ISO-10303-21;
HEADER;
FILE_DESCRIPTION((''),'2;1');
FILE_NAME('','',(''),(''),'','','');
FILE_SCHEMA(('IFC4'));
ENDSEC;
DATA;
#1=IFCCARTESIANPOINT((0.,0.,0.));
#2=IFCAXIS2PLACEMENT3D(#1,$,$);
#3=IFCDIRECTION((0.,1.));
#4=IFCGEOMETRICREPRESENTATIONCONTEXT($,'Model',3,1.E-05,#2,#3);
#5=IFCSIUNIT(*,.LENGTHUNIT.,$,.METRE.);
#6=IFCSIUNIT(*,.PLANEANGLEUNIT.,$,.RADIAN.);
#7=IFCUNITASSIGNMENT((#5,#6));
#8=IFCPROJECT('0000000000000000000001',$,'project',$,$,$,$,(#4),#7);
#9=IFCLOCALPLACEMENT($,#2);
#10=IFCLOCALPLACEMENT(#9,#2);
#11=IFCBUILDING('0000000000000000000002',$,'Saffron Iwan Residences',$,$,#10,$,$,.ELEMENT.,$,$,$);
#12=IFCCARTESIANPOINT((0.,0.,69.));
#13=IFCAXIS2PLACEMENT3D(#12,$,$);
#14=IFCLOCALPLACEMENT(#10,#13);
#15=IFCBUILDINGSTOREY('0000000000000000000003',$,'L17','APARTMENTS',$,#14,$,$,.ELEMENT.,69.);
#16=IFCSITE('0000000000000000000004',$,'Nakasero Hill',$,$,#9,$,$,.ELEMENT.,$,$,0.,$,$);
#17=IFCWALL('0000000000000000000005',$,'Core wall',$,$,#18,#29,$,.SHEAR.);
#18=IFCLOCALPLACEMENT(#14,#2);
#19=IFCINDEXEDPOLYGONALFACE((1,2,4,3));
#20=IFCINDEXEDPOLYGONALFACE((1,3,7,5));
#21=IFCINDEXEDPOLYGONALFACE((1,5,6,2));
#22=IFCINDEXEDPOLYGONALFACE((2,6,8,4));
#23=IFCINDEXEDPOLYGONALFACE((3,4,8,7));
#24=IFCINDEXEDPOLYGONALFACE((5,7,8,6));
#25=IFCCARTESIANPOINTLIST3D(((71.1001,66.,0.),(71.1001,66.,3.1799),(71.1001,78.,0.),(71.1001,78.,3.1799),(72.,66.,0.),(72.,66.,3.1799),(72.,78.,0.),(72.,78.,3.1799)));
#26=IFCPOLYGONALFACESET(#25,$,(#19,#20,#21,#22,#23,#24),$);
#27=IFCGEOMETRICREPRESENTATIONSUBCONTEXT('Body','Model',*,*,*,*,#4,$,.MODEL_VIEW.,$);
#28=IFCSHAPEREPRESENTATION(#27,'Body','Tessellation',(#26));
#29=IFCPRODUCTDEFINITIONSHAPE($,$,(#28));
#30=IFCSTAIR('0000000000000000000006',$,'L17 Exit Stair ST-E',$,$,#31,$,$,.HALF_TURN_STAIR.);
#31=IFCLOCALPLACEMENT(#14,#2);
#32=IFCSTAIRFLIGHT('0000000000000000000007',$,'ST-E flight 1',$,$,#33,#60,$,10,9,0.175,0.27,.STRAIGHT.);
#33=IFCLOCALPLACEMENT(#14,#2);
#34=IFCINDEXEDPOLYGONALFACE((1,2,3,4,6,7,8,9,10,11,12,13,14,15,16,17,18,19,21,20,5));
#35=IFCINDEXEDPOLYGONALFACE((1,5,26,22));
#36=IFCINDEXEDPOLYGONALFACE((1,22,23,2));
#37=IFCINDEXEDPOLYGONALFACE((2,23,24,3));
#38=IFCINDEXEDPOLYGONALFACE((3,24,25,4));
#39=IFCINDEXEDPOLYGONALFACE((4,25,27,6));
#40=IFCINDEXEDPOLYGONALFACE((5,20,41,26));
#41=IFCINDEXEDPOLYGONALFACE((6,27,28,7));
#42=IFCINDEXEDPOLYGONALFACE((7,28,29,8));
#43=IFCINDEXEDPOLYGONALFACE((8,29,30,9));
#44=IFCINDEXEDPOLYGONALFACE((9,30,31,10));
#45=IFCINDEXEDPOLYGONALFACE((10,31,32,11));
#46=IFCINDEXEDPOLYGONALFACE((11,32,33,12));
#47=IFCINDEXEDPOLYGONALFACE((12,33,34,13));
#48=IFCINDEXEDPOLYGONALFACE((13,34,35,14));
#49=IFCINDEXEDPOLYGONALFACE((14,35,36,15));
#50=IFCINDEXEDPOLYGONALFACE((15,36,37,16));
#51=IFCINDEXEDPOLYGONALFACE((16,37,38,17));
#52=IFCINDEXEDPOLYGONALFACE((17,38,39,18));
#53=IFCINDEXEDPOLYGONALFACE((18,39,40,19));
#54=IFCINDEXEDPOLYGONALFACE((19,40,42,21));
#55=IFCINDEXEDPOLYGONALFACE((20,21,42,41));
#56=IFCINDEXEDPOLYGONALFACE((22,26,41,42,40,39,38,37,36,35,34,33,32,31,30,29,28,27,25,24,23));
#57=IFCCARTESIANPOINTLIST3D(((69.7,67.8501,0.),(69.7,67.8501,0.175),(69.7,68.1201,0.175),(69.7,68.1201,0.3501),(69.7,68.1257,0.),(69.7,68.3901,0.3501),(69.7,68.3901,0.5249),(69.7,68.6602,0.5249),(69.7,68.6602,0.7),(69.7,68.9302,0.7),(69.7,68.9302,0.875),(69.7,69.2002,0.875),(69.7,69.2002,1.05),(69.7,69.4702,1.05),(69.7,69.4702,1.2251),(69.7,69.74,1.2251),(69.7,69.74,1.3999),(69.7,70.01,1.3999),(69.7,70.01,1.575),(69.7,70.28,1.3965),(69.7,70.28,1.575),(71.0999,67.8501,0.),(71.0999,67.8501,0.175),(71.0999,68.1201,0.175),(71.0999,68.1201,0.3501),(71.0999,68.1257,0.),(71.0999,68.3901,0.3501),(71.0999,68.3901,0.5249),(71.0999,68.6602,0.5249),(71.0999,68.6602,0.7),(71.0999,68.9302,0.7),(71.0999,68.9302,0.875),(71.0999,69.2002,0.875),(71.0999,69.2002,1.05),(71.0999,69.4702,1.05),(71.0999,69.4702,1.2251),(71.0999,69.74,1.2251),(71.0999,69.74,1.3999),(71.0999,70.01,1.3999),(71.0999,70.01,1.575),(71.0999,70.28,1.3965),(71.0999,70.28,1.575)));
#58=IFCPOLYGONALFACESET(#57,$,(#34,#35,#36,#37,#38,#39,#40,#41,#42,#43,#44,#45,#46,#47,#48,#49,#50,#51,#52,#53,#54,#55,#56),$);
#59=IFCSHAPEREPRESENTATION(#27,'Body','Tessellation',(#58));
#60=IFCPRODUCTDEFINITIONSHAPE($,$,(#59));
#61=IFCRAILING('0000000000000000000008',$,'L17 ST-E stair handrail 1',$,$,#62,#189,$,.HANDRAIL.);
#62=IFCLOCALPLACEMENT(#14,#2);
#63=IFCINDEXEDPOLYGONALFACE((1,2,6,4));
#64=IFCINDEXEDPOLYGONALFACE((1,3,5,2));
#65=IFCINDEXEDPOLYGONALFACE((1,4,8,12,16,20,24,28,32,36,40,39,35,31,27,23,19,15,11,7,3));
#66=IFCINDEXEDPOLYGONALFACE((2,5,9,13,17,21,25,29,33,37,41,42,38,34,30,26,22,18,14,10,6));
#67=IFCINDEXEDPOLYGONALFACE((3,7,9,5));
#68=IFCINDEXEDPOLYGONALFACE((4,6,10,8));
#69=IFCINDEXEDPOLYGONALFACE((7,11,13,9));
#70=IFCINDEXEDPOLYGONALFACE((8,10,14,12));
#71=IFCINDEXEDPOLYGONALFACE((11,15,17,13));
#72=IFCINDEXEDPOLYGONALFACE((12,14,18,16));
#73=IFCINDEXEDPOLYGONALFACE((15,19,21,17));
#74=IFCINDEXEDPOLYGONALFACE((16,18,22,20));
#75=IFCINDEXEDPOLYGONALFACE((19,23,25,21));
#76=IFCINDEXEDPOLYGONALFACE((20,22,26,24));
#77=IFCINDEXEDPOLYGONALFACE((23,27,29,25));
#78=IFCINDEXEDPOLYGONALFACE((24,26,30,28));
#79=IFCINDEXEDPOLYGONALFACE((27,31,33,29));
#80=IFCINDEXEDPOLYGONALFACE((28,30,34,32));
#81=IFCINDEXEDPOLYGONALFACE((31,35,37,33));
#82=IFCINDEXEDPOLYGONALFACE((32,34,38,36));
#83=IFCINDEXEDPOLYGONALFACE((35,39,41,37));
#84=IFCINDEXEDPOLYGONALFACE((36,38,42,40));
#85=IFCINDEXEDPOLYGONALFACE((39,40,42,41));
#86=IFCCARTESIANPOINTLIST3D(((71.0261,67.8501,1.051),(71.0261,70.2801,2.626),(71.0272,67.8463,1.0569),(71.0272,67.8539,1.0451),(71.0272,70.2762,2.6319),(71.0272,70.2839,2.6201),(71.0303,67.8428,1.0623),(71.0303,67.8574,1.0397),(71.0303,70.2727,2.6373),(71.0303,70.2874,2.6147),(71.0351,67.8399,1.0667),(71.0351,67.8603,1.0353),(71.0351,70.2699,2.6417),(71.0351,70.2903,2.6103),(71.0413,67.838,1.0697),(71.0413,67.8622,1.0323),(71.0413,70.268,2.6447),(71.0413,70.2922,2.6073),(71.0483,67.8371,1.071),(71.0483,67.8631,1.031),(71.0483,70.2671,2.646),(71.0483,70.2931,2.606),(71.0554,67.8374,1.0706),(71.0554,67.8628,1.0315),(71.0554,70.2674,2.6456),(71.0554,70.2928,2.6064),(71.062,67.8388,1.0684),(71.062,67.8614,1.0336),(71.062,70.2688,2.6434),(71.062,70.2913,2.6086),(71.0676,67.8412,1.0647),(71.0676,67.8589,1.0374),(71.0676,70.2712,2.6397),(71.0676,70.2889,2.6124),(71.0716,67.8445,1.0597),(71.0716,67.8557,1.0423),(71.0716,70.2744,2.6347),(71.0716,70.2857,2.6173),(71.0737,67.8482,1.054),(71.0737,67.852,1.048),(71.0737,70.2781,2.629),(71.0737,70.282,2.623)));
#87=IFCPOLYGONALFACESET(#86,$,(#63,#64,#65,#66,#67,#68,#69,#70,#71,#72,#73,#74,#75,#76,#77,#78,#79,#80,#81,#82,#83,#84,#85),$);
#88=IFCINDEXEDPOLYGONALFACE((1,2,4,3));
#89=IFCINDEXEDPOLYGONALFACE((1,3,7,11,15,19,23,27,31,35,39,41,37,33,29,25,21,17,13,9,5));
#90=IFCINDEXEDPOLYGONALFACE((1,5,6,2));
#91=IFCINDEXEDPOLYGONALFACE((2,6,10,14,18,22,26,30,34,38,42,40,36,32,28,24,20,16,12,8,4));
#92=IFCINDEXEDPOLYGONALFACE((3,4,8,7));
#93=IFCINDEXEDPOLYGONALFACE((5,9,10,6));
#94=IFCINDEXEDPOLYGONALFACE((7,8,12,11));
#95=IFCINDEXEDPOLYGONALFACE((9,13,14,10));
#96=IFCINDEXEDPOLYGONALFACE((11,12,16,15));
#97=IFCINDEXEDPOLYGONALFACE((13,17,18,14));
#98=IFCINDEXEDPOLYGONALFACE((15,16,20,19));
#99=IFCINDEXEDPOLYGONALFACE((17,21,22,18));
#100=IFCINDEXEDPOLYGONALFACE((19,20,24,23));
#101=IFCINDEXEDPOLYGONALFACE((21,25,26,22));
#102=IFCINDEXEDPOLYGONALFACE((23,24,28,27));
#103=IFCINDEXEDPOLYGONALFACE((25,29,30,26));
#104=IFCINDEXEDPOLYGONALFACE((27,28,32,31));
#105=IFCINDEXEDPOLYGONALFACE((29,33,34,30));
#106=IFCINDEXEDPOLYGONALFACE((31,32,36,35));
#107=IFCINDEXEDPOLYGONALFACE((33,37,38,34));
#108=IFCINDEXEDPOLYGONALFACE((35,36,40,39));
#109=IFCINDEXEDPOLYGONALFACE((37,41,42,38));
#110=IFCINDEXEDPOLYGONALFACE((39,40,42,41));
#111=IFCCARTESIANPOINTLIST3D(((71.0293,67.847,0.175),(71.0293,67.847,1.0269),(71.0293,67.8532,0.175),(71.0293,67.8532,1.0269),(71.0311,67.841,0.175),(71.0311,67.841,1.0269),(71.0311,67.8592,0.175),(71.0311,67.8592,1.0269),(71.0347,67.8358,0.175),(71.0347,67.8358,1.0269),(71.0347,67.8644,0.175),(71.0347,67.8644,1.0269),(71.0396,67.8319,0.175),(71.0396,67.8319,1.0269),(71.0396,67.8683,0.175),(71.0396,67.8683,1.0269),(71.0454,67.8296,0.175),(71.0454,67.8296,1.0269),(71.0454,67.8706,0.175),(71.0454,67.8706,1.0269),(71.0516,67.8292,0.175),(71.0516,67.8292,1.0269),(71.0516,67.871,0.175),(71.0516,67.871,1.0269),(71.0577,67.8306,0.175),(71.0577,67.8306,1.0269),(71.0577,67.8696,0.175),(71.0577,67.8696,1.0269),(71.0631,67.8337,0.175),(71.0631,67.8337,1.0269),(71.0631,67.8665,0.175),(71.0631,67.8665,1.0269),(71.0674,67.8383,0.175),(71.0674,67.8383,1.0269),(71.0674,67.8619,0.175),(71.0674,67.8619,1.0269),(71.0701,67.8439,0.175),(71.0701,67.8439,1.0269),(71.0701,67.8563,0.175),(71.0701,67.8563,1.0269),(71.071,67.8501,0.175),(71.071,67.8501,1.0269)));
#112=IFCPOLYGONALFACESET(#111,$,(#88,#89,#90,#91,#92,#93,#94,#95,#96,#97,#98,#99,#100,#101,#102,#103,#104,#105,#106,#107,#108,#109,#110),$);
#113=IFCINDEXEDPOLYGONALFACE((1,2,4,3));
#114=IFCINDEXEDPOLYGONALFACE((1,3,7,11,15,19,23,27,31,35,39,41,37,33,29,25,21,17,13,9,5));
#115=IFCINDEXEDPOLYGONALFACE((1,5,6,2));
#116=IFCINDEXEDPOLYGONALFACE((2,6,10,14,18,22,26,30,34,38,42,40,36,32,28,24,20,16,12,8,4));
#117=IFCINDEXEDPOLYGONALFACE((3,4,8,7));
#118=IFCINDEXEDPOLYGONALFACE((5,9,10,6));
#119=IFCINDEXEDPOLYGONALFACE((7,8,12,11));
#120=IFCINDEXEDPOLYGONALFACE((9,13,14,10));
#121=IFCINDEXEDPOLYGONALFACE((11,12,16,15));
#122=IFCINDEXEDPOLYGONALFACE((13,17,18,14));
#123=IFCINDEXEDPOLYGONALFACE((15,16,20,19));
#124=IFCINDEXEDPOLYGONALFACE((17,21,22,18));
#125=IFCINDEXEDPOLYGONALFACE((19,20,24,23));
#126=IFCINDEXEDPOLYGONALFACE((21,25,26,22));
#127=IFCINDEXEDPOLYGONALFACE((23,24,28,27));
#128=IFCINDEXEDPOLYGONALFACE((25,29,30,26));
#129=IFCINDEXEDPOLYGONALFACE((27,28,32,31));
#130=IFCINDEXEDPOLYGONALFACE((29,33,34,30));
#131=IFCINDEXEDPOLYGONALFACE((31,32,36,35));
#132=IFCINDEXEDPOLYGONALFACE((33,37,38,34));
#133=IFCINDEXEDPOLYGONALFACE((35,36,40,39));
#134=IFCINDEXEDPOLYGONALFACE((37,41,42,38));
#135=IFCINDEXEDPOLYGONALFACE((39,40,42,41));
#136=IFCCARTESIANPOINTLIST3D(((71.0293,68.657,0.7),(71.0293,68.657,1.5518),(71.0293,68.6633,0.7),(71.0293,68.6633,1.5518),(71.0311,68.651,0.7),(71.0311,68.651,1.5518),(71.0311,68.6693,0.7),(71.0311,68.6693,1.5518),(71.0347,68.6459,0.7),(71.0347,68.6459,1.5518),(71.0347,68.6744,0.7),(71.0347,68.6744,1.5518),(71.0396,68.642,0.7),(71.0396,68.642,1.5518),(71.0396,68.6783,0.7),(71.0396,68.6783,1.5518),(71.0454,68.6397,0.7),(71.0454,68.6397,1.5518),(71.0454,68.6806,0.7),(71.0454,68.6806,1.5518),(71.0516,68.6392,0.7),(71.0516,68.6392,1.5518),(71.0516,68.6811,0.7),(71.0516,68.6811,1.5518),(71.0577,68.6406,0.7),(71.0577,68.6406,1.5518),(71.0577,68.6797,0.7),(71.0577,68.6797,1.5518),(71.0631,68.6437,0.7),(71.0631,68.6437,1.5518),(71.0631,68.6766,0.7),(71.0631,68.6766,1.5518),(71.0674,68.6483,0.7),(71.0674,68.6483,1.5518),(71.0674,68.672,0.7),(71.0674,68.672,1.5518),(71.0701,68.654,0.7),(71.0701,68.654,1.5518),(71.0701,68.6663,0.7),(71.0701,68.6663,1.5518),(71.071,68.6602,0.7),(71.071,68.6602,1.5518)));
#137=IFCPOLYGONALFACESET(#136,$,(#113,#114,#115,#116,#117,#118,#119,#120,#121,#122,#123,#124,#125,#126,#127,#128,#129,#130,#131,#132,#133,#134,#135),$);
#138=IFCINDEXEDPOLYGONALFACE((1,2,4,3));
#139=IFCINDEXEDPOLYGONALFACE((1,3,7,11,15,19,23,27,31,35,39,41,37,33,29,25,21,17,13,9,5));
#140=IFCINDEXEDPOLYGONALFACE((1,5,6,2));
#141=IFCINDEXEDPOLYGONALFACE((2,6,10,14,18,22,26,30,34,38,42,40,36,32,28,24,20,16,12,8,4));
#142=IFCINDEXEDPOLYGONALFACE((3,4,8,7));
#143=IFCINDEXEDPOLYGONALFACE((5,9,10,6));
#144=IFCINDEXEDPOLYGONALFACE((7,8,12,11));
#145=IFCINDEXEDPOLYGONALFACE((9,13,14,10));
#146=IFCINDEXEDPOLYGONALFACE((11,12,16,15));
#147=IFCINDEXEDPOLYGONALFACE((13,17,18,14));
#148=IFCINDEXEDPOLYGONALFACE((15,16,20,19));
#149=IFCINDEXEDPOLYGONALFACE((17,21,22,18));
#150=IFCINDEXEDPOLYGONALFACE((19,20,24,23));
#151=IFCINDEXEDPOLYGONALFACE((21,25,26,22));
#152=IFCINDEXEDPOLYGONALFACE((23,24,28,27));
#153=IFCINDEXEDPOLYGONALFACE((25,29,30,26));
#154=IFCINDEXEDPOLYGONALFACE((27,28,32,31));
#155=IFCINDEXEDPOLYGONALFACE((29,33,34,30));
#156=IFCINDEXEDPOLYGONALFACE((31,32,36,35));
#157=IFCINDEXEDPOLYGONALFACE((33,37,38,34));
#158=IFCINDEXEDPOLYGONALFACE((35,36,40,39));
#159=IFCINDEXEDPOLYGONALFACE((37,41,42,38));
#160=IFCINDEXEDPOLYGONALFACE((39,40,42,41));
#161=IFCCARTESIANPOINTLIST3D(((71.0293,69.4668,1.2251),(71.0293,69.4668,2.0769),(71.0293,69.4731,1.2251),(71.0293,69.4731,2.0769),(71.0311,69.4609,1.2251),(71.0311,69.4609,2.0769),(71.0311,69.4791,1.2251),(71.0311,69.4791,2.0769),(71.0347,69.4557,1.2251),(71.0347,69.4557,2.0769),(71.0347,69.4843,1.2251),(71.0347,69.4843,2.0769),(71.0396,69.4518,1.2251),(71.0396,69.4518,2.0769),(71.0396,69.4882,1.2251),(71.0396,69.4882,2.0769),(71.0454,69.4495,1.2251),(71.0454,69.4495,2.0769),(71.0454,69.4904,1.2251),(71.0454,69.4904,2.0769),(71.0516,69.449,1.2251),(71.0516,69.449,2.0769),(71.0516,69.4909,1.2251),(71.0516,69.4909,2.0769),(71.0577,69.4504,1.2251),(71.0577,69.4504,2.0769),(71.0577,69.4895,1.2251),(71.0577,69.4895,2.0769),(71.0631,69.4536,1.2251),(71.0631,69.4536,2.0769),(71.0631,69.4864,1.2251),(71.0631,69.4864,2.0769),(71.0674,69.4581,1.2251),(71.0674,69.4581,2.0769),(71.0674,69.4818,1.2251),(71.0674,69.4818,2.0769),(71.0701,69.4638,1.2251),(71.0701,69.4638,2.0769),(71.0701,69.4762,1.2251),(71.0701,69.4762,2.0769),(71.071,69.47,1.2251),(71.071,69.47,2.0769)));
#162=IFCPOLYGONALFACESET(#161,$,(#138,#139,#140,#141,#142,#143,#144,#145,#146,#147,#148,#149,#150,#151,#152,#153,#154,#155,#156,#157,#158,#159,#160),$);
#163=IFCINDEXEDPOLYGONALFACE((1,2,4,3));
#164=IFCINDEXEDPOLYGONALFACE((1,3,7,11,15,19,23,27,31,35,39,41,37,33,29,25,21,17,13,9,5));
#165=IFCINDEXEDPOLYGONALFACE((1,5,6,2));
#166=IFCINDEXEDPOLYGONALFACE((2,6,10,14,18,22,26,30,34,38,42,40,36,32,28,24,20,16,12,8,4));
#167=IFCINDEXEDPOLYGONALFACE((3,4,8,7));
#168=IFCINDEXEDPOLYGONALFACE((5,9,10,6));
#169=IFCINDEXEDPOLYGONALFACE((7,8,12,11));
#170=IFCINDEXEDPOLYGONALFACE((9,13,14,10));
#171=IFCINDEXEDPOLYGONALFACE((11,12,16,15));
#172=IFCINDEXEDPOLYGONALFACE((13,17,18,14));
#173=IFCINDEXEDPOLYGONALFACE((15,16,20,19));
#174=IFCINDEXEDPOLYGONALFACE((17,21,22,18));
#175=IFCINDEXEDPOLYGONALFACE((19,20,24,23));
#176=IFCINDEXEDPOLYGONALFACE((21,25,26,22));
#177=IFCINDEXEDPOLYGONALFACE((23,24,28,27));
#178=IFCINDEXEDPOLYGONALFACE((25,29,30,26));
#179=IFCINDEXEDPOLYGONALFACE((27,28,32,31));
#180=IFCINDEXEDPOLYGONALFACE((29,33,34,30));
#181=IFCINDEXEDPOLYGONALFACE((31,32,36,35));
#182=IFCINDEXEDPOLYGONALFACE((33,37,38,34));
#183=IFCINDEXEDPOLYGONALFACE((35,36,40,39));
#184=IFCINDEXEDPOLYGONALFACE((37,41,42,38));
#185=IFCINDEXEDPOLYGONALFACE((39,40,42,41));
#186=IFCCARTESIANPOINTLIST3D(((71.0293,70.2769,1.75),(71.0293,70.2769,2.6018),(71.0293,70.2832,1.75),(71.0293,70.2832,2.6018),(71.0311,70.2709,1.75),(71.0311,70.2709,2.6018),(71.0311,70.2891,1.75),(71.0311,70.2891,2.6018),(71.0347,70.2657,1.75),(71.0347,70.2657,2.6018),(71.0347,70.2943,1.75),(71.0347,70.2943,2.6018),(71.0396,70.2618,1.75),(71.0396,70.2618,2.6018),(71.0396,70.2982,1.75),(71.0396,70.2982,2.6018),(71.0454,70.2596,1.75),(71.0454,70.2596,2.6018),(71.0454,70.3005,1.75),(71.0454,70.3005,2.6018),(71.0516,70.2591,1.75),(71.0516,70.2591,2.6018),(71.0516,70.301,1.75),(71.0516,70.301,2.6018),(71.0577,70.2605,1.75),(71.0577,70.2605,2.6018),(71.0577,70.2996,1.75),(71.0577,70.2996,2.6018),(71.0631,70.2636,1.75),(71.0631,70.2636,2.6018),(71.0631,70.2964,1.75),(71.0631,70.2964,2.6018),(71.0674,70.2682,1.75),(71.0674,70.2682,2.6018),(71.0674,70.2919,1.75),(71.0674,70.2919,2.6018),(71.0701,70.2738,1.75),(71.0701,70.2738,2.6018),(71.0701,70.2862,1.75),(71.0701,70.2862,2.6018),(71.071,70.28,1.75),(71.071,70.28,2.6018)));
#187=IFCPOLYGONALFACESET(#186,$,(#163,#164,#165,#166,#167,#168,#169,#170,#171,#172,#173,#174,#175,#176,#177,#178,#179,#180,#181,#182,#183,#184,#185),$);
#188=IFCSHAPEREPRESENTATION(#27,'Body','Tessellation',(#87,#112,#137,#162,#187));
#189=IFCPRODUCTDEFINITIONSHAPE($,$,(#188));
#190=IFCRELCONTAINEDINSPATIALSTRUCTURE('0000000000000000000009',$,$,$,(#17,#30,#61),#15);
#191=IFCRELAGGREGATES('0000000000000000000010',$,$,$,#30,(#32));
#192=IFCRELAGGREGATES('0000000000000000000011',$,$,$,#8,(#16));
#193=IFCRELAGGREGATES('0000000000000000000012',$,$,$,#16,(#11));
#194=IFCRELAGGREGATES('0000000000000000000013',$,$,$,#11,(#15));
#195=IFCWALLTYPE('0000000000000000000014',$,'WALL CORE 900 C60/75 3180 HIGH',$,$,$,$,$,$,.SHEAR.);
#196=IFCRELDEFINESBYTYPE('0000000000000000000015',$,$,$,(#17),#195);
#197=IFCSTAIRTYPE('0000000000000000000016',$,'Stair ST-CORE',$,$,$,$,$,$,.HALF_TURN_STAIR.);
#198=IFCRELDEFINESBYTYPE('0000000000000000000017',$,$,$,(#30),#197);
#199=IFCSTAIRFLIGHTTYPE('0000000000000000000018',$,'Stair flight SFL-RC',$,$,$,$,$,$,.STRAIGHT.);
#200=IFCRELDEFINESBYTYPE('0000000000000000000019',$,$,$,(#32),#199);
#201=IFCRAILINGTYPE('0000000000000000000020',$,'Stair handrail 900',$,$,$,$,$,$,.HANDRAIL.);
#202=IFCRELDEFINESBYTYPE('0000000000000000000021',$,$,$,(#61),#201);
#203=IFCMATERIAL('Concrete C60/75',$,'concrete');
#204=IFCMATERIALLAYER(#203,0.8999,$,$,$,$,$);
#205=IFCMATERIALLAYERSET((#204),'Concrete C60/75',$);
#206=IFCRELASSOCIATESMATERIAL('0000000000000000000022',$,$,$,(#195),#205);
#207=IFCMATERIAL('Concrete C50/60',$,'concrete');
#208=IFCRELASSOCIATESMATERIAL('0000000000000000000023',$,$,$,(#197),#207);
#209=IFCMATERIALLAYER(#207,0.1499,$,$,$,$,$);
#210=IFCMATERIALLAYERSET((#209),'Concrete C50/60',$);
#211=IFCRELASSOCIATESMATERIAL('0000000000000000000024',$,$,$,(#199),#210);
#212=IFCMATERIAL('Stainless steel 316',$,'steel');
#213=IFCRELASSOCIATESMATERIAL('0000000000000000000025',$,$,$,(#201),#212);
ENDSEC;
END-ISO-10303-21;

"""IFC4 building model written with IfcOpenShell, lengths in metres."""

from ifc_helpers import new_model, si_unit, direction, frame, frame_2d, origin, origin_2d, place, context, subcontext, project, spatial, polyline, rectangle, circle, outline, extrude, material, layer, layer_set, type_object, element, aggregate, save


model = new_model("IFC4")

# Units and contexts
model_context = context("Model", 3, precision=1e-05, world=origin(), true_north=direction((0.0, 1.0)))
body_context = subcontext(model_context, "Body", "Model", "MODEL_VIEW")
ifc_project = project(units=[si_unit("LENGTHUNIT", "METRE"), si_unit("PLANEANGLEUNIT", "RADIAN")], contexts=[model_context])

# Site, building, storey
site_placement = place(None, origin())
site = spatial("IfcSite", under=ifc_project, at=site_placement, Name="Nakasero Hill", CompositionType="ELEMENT", RefElevation=0.0)
building_placement = place(site_placement, origin())
building = spatial("IfcBuilding", under=site, at=building_placement, Name="Saffron Iwan Residences", CompositionType="ELEMENT")
storey_placement = place(building_placement, frame((0.0, 0.0, 69.0)))
storey = spatial("IfcBuildingStorey", under=building, at=storey_placement, Name="L17", Description="APARTMENTS", CompositionType="ELEMENT", Elevation=69.0)

# Wall
ifc_material_1 = material(Name="Concrete C60/75", Category="concrete")
ifc_layer_1 = layer(ifc_material_1, 0.8999)
ifc_layer_set_1 = layer_set([ifc_layer_1], Name="Concrete C60/75")
wall_type_1 = type_object("IfcWallType", Name="WALL CORE 900 C60/75 3180 HIGH", PredefinedType="SHEAR", material=ifc_layer_set_1)
wall_1_placement = place(storey_placement, frame((71.55, 66.0, 0.0), z_axis=(0.0, 0.0, 1.0), x_axis=(0.0, 1.0, 0.0)))
element("IfcWall", 1, at=wall_1_placement, inside=storey, type_object=wall_type_1, Name="Core wall", PredefinedType="SHEAR", context=body_context, shape_type="SweptSolid", body=[
    extrude(rectangle(XDim=12.0, YDim=0.8999, at=frame_2d((6.0, 0.0))), origin(), (0.0, 0.0, 1.0), 3.1799),
])

# Stair, stair flight
ifc_material_2 = material(Name="Concrete C50/60", Category="concrete")
stair_type = type_object("IfcStairType", Name="Stair ST-CORE", PredefinedType="HALF_TURN_STAIR", material=ifc_material_2)
stair_placement = place(storey_placement, origin())
stair = element("IfcStair", 2, at=stair_placement, inside=storey, type_object=stair_type, Name="L17 Exit Stair ST-E", PredefinedType="HALF_TURN_STAIR")
ifc_layer_2 = layer(ifc_material_2, 0.1499)
ifc_layer_set_2 = layer_set([ifc_layer_2], Name="Concrete C50/60")
stair_flight_type = type_object("IfcStairFlightType", Name="Stair flight SFL-RC", PredefinedType="STRAIGHT", material=ifc_layer_set_2)
stair_flight_placement = place(storey_placement, frame((70.3999, 67.8501, 0.0), z_axis=(0.0, 0.0, 1.0), x_axis=(0.0, 1.0, 0.0)))
stair_flight = element("IfcStairFlight", 3, at=stair_flight_placement, type_object=stair_flight_type, Name="ST-E flight 1", NumberOfRisers=10, NumberOfTreads=9, PredefinedType="STRAIGHT", RiserHeight=0.175, TreadLength=0.27, context=body_context, shape_type="SweptSolid", body=[
    extrude(outline(polyline([(0.0, 0.0), (0.0, 0.175), (0.27, 0.175), (0.27, 0.3501), (0.54, 0.3501), (0.54, 0.5249), (0.8101, 0.5249), (0.8101, 0.7), (1.0801, 0.7), (1.0801, 0.875), (1.3501, 0.875), (1.3501, 1.05), (1.6201, 1.05), (1.6201, 1.2251), (1.8899, 1.2251), (1.8899, 1.3999), (2.1599, 1.3999), (2.1599, 1.575), (2.4299, 1.575), (2.4299, 1.75), (2.4299, 1.3965), (0.2756, 0.0), (0.0, 0.0)])), frame((0.0, 0.7, 0.0), z_axis=(0.0, -1.0, 0.0), x_axis=(1.0, 0.0, 0.0)), (0.0, 0.0, 1.0), 1.3999),
])
aggregate(stair, [stair_flight])

# Railing
ifc_material_3 = material(Name="Stainless steel 316", Category="steel")
railing_type_1 = type_object("IfcRailingType", Name="Stair handrail 900", PredefinedType="HANDRAIL", material=ifc_material_3)
railing_1_placement = place(storey_placement, frame((71.05, 67.8501, 0.175)))
element("IfcRailing", 4, at=railing_1_placement, inside=storey, type_object=railing_type_1, Name="L17 ST-E stair handrail 1", PredefinedType="HANDRAIL", context=body_context, shape_type="SweptSolid", body=[
    extrude(circle(Radius=0.0239, at=origin_2d()), frame((0.0, 0.0, 0.876), z_axis=(0.0, 0.839154, 0.543894), x_axis=(-1.0, 0.0, 0.0)), (0.0, 0.0, 1.0), 2.8958),
    extrude(circle(Radius=0.021, at=origin_2d()), origin(), (0.0, 0.0, 1.0), 0.8518),
    extrude(circle(Radius=0.021, at=origin_2d()), frame((0.0, 0.8101, 0.5249)), (0.0, 0.0, 1.0), 0.8518),
    extrude(circle(Radius=0.021, at=origin_2d()), frame((0.0, 1.6199, 1.05)), (0.0, 0.0, 1.0), 0.8518),
    extrude(circle(Radius=0.021, at=origin_2d()), frame((0.0, 2.4299, 1.575)), (0.0, 0.0, 1.0), 0.8518),
])

save(model, "model.ifc")
